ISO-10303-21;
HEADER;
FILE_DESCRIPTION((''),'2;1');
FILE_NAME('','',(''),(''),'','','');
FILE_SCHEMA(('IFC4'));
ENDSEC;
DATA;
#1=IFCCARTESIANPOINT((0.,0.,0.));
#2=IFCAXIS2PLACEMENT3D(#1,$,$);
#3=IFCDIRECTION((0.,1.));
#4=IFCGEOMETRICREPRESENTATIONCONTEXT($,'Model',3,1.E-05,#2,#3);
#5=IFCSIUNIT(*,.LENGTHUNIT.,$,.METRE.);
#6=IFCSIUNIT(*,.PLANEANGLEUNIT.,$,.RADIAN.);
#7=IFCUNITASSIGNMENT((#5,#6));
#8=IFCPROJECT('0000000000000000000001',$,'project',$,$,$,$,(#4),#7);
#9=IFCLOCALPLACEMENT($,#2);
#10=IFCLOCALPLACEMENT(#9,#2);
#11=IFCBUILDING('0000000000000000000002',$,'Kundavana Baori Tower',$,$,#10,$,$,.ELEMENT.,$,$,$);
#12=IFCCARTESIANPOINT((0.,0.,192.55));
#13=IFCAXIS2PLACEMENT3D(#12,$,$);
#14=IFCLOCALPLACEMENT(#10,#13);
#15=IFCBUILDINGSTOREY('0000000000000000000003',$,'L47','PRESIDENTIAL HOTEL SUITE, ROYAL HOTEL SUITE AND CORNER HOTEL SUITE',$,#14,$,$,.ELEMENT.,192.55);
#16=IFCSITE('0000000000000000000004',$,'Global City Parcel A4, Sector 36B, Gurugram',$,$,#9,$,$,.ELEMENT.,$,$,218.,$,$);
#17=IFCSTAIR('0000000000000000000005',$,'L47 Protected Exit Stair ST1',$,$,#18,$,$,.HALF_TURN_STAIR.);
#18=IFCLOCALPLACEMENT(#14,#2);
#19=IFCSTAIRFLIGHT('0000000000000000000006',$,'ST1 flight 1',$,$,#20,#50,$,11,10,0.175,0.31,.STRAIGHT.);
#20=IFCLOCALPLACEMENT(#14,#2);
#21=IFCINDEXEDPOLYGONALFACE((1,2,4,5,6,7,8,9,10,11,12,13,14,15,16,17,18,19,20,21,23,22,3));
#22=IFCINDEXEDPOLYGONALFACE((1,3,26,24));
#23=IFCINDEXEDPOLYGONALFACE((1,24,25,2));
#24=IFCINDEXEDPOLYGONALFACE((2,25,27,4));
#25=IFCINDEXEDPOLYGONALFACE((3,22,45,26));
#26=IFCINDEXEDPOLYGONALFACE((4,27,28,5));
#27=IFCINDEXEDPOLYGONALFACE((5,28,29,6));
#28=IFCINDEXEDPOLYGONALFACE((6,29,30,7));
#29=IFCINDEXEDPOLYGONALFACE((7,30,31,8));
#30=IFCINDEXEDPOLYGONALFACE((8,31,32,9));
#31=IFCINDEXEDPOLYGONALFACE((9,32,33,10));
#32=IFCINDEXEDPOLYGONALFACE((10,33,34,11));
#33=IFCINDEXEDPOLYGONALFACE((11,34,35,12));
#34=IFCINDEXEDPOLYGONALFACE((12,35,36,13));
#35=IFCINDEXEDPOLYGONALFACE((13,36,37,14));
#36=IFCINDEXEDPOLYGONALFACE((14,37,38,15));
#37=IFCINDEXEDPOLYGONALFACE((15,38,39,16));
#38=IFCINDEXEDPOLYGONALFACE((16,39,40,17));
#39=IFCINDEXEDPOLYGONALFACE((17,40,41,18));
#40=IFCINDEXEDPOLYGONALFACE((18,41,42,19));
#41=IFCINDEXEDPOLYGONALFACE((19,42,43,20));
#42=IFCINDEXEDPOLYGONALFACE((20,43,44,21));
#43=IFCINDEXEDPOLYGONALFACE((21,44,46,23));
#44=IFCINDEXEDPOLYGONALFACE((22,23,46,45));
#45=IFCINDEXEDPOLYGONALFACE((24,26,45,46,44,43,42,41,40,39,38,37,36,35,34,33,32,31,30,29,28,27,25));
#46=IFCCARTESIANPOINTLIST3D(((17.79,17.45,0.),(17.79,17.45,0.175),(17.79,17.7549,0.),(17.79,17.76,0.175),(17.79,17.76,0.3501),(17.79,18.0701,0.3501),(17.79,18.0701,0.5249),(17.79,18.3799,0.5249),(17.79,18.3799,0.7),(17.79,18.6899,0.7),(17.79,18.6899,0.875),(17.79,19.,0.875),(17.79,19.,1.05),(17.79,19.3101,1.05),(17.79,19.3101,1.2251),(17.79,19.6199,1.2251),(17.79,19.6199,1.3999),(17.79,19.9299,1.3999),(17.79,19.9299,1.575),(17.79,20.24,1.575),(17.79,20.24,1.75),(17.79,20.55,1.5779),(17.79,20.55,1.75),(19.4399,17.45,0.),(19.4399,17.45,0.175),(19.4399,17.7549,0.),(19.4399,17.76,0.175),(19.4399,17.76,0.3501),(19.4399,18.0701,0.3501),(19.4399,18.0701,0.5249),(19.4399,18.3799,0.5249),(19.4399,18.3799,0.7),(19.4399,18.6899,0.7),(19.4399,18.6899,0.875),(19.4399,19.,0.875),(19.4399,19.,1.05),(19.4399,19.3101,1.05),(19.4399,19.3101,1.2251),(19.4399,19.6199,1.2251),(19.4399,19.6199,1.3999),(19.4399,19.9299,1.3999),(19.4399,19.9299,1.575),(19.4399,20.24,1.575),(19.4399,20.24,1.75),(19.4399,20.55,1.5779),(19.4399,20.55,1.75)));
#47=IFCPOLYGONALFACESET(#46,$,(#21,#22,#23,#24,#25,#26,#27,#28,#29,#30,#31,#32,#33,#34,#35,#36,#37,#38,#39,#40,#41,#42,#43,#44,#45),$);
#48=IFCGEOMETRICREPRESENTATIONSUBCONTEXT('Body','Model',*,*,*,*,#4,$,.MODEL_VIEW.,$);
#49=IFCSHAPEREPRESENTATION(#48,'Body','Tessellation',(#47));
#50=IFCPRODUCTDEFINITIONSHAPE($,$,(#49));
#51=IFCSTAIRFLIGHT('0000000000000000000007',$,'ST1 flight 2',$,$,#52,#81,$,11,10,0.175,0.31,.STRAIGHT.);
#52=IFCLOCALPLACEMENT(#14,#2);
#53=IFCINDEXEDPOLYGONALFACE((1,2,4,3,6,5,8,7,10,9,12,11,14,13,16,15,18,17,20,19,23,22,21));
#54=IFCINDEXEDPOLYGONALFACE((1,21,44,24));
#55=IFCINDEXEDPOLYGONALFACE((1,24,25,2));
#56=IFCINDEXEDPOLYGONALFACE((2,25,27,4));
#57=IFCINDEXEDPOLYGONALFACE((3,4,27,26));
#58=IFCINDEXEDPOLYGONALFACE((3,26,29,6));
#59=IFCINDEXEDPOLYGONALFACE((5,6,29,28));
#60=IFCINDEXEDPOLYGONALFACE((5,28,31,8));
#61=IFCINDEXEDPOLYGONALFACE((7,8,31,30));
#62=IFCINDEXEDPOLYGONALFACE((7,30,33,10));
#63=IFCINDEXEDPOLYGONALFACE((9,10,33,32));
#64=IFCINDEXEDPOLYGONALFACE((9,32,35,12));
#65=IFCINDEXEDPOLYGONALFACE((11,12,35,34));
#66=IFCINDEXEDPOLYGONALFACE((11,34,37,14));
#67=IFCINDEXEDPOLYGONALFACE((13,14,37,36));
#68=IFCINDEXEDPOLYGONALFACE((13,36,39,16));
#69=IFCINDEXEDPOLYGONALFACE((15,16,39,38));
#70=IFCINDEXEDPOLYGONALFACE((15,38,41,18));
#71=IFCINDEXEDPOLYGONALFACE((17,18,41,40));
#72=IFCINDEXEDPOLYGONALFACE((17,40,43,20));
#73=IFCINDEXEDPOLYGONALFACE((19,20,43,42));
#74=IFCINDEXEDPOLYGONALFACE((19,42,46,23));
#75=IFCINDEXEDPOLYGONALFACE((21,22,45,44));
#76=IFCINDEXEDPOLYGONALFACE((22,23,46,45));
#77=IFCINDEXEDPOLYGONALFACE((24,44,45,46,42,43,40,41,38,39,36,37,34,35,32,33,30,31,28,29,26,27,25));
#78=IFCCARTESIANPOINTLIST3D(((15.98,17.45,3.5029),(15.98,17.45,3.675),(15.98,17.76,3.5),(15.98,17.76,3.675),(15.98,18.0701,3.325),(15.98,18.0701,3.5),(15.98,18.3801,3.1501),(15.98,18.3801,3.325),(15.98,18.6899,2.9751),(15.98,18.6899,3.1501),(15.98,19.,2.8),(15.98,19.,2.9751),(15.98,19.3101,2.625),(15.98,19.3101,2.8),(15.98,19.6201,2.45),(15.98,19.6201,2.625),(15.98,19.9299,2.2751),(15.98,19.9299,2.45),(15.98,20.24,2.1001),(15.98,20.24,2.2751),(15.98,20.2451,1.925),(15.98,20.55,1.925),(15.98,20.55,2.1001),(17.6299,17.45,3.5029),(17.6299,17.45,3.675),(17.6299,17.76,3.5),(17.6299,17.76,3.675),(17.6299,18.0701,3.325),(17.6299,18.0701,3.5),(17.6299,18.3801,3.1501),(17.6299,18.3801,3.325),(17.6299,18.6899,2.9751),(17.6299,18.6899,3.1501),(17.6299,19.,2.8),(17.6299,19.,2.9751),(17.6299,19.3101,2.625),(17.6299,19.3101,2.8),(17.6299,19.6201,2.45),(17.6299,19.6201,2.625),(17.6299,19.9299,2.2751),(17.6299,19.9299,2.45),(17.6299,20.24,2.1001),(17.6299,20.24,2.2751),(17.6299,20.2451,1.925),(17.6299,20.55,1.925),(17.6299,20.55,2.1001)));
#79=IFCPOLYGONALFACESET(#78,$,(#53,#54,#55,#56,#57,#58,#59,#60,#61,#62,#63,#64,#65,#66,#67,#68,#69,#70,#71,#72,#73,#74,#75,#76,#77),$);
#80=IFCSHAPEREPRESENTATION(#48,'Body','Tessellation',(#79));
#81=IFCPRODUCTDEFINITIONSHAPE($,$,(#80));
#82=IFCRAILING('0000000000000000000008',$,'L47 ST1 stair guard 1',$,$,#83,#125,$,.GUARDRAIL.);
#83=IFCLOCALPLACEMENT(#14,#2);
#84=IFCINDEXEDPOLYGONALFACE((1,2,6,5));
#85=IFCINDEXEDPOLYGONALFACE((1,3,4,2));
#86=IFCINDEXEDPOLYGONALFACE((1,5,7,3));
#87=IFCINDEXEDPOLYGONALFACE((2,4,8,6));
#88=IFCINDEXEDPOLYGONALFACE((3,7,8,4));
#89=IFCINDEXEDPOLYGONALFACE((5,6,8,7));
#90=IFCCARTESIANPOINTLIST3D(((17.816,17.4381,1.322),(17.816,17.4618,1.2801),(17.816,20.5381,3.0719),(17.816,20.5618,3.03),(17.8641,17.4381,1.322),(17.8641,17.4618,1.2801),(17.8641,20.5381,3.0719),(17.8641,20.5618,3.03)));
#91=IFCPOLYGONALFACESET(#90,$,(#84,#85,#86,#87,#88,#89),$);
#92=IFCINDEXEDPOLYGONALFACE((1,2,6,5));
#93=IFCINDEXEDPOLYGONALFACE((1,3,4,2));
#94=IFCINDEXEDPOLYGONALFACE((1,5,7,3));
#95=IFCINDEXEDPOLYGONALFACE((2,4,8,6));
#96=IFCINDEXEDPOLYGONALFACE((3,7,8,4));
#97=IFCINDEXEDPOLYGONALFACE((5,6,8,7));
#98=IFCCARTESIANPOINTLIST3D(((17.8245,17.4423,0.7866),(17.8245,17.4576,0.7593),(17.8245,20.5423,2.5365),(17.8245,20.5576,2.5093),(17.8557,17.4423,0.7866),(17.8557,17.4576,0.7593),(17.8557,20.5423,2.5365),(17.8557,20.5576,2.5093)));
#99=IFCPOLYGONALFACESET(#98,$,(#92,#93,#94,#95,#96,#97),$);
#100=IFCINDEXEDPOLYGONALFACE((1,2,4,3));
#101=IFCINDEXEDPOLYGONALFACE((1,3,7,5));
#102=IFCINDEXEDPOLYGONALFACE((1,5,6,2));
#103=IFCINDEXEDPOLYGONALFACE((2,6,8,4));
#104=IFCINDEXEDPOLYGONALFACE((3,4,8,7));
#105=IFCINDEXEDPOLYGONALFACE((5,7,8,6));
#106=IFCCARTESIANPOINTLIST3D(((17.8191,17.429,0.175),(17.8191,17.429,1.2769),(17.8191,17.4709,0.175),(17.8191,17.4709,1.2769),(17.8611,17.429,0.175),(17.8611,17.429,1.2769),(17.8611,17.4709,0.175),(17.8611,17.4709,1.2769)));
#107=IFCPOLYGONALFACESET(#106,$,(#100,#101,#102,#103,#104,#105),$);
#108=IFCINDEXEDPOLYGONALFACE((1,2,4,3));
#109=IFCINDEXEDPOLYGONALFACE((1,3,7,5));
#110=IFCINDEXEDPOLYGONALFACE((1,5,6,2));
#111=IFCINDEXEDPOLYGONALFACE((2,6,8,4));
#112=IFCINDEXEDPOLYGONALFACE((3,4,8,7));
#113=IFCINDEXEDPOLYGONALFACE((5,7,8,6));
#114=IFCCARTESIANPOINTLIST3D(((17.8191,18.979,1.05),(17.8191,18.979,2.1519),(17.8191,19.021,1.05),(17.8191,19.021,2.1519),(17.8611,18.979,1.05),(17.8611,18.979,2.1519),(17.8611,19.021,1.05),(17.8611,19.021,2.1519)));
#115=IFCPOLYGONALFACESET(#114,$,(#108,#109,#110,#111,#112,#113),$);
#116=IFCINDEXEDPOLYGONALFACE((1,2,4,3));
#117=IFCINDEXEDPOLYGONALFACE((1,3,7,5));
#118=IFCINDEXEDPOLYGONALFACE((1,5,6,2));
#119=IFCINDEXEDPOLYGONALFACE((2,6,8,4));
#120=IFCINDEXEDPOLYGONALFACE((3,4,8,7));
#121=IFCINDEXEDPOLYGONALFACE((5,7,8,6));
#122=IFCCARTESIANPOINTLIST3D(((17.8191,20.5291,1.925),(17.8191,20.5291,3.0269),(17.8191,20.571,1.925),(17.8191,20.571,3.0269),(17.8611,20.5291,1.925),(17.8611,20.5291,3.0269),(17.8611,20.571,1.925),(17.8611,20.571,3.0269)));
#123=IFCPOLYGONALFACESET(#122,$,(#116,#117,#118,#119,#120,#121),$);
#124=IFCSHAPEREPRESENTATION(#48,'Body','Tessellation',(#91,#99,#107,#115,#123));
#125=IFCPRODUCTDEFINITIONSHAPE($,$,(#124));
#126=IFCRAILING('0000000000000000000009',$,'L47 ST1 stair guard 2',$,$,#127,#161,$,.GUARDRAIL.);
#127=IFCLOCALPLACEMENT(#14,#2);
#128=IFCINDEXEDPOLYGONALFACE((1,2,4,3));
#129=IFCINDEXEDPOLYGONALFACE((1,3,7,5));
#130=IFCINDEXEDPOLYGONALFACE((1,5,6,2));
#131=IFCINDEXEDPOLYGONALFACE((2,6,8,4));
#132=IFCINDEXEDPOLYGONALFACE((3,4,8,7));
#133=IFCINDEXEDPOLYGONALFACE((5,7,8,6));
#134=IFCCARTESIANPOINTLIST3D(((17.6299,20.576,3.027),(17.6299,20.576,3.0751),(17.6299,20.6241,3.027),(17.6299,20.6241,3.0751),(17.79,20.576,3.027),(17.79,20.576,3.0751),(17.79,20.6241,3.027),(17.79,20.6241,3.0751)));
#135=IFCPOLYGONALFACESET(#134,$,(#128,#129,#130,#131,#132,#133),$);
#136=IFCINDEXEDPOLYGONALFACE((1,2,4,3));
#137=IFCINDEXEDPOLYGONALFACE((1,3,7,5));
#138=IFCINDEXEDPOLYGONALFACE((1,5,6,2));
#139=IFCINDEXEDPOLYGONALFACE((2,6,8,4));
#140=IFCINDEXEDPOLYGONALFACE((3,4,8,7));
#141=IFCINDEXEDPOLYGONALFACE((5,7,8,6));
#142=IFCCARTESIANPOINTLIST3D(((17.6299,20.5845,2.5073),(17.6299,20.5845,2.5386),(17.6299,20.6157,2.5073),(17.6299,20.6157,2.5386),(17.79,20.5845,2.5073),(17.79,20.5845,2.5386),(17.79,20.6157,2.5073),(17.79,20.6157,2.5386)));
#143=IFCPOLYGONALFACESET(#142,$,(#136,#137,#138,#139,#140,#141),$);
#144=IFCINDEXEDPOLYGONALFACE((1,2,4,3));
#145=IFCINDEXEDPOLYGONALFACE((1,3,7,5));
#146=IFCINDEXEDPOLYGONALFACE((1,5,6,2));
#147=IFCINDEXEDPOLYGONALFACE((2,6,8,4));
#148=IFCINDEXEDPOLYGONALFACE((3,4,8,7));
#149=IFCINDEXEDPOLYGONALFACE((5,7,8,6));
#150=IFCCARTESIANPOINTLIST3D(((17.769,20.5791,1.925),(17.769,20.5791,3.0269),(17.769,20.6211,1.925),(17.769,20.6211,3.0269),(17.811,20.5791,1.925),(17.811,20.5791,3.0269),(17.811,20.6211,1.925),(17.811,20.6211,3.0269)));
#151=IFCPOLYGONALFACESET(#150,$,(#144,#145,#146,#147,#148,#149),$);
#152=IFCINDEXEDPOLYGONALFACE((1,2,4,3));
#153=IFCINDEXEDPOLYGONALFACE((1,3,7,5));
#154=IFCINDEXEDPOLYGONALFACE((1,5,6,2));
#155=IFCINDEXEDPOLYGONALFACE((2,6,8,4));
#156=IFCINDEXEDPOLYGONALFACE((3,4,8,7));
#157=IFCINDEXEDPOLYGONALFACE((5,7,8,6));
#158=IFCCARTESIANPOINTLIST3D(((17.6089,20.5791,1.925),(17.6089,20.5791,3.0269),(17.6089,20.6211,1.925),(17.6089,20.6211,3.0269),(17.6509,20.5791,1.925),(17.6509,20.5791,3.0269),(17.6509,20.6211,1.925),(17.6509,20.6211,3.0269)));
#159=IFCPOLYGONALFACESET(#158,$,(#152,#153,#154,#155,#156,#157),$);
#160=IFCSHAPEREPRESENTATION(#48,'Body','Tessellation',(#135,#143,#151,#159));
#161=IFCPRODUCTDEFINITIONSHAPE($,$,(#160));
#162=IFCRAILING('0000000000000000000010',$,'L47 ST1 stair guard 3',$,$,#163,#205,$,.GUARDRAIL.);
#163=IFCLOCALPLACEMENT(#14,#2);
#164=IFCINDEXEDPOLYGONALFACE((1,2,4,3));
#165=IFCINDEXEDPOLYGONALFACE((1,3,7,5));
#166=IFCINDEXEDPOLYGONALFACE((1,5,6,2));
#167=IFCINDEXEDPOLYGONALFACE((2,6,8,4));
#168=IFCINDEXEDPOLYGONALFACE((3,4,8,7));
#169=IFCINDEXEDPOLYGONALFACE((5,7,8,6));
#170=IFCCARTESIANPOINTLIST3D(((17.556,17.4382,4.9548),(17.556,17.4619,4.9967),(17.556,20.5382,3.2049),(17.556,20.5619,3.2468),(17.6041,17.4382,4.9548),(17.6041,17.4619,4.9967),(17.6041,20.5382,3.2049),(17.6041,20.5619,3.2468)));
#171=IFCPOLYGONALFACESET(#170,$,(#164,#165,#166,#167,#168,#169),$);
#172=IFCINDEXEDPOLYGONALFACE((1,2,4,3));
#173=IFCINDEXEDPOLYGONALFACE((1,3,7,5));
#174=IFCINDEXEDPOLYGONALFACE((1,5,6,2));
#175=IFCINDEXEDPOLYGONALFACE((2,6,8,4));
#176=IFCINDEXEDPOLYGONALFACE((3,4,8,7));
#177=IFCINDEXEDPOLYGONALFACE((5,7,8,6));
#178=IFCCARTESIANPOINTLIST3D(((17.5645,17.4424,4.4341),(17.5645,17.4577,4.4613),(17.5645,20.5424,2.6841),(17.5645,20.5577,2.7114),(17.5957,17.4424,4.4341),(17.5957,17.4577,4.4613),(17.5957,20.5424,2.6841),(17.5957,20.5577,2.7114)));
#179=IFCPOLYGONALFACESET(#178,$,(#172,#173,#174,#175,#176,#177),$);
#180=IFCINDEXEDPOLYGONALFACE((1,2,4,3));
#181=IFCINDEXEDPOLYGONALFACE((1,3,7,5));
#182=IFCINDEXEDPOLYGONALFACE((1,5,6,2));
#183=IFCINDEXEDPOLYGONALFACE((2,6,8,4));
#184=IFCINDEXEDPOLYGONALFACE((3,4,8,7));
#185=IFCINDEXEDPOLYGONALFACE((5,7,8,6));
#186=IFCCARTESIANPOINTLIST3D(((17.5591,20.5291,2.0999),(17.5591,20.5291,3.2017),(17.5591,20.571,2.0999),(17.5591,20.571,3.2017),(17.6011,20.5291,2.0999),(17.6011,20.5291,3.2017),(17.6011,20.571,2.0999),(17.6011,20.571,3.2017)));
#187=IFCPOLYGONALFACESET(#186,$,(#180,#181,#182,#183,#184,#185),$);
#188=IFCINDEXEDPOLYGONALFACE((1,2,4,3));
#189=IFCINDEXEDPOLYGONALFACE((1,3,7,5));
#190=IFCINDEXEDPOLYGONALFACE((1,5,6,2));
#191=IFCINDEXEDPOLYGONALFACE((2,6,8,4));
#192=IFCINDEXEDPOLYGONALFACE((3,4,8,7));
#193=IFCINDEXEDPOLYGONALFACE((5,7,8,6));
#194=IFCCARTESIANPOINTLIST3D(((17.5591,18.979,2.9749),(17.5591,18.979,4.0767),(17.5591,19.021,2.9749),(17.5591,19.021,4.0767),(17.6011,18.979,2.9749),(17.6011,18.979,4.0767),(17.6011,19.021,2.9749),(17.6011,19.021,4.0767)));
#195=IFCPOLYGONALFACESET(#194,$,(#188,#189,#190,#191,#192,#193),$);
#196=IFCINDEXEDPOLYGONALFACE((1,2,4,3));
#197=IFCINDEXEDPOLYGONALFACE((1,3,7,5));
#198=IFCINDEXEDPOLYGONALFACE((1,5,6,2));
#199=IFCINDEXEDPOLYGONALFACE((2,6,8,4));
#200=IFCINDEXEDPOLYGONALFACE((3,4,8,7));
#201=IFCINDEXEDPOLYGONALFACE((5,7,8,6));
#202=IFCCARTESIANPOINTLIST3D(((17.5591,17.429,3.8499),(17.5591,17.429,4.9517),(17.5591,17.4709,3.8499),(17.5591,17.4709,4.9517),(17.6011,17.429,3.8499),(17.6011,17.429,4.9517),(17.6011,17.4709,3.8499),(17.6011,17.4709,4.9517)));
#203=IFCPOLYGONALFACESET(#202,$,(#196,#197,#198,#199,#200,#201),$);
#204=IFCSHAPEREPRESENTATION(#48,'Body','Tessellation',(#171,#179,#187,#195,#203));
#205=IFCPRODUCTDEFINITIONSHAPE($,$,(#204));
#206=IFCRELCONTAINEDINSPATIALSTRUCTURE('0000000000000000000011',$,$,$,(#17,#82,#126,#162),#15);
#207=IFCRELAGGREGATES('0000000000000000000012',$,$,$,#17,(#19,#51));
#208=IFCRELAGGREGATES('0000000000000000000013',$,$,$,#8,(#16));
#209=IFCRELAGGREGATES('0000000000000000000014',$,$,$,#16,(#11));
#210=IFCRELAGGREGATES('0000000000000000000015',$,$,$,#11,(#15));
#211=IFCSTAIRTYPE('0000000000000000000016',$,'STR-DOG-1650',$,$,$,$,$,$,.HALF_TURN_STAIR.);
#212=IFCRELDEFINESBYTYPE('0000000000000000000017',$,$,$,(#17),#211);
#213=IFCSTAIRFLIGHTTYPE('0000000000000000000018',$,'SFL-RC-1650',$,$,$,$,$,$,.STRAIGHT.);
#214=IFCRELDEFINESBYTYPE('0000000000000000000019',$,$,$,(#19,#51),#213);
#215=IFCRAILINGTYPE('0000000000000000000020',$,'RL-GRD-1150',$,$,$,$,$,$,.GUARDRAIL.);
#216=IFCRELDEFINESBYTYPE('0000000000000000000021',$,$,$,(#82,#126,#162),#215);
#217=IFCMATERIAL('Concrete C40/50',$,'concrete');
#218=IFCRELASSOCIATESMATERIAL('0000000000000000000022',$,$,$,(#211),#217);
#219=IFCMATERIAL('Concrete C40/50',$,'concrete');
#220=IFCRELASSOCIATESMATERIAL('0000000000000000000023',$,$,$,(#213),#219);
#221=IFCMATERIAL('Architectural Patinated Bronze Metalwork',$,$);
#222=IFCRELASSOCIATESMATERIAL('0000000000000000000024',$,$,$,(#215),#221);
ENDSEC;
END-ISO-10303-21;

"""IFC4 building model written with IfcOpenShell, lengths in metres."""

from ifc_helpers import new_model, si_unit, direction, frame, origin, origin_2d, place, context, subcontext, project, spatial, polyline, rectangle, outline, extrude, material, type_object, element, aggregate, save


model = new_model("IFC4")

# Units and contexts
model_context = context("Model", 3, precision=1e-05, world=origin(), true_north=direction((0.0, 1.0)))
body_context = subcontext(model_context, "Body", "Model", "MODEL_VIEW")
ifc_project = project(units=[si_unit("LENGTHUNIT", "METRE"), si_unit("PLANEANGLEUNIT", "RADIAN")], contexts=[model_context])

# Site, building, storey
site_placement = place(None, origin())
site = spatial("IfcSite", under=ifc_project, at=site_placement, Name="Global City Parcel A4, Sector 36B, Gurugram", CompositionType="ELEMENT", RefElevation=218.0)
building_placement = place(site_placement, origin())
building = spatial("IfcBuilding", under=site, at=building_placement, Name="Kundavana Baori Tower", CompositionType="ELEMENT")
storey_placement = place(building_placement, frame((0.0, 0.0, 192.55)))
storey = spatial("IfcBuildingStorey", under=building, at=storey_placement, Name="L47", Description="PRESIDENTIAL HOTEL SUITE, ROYAL HOTEL SUITE AND CORNER HOTEL SUITE", CompositionType="ELEMENT", Elevation=192.55)

# Stair, stair flights
ifc_material_1 = material(Name="Concrete C40/50", Category="concrete")
stair_type = type_object("IfcStairType", Name="STR-DOG-1650", PredefinedType="HALF_TURN_STAIR", material=ifc_material_1)
stair_placement = place(storey_placement, origin())
stair = element("IfcStair", 1, at=stair_placement, inside=storey, type_object=stair_type, Name="L47 Protected Exit Stair ST1", PredefinedType="HALF_TURN_STAIR")
ifc_material_2 = material(Name="Concrete C40/50", Category="concrete")
stair_flight_type = type_object("IfcStairFlightType", Name="SFL-RC-1650", PredefinedType="STRAIGHT", material=ifc_material_2)
stair_flight_1_placement = place(storey_placement, frame((18.615, 17.45, 0.0), z_axis=(0.0, 0.0, 1.0), x_axis=(0.0, 1.0, 0.0)))
stair_flight_1 = element("IfcStairFlight", 2, at=stair_flight_1_placement, type_object=stair_flight_type, Name="ST1 flight 1", NumberOfRisers=11, NumberOfTreads=10, PredefinedType="STRAIGHT", RiserHeight=0.175, TreadLength=0.31, context=body_context, shape_type="SweptSolid", body=[
    extrude(outline(polyline([(0.0, 0.0), (0.0, 0.175), (0.3101, 0.175), (0.3101, 0.3501), (0.6201, 0.3501), (0.6201, 0.5249), (0.9299, 0.5249), (0.9299, 0.7), (1.24, 0.7), (1.24, 0.875), (1.55, 0.875), (1.55, 1.05), (1.8601, 1.05), (1.8601, 1.2251), (2.1699, 1.2251), (2.1699, 1.3999), (2.48, 1.3999), (2.48, 1.575), (2.79, 1.575), (2.79, 1.75), (3.1001, 1.75), (3.1001, 1.925), (3.1001, 1.5779), (0.3049, 0.0), (0.0, 0.0)])), frame((0.0, 0.825, 0.0), z_axis=(0.0, -1.0, 0.0), x_axis=(1.0, 0.0, 0.0)), (0.0, 0.0, 1.0), 1.6499),
])
stair_flight_2_placement = place(storey_placement, frame((16.8049, 20.55, 1.925), z_axis=(0.0, 0.0, 1.0), x_axis=(0.0, -1.0, 0.0)))
stair_flight_2 = element("IfcStairFlight", 3, at=stair_flight_2_placement, type_object=stair_flight_type, Name="ST1 flight 2", NumberOfRisers=11, NumberOfTreads=10, PredefinedType="STRAIGHT", RiserHeight=0.175, TreadLength=0.31, context=body_context, shape_type="SweptSolid", body=[
    extrude(outline(polyline([(0.0, 0.0), (0.0, 0.175), (0.3101, 0.175), (0.3101, 0.3501), (0.6201, 0.3501), (0.6201, 0.5249), (0.9299, 0.5249), (0.9299, 0.7), (1.24, 0.7), (1.24, 0.875), (1.55, 0.875), (1.55, 1.05), (1.8601, 1.05), (1.8601, 1.2251), (2.1699, 1.2251), (2.1699, 1.3999), (2.48, 1.3999), (2.48, 1.575), (2.79, 1.575), (2.79, 1.75), (3.1001, 1.75), (3.1001, 1.925), (3.1001, 1.5779), (0.3049, 0.0), (0.0, 0.0)])), frame((0.0, 0.825, 0.0), z_axis=(0.0, -1.0, 0.0), x_axis=(1.0, 0.0, 0.0)), (0.0, 0.0, 1.0), 1.6499),
])
aggregate(stair, [stair_flight_1, stair_flight_2])

# Railings
ifc_material_3 = material(Name="Architectural Patinated Bronze Metalwork")
railing_type_1 = type_object("IfcRailingType", Name="RL-GRD-1150", PredefinedType="GUARDRAIL", material=ifc_material_3)
railing_1_placement = place(storey_placement, frame((17.8401, 17.45, 0.175)))
element("IfcRailing", 4, at=railing_1_placement, inside=storey, type_object=railing_type_1, Name="L47 ST1 stair guard 1", PredefinedType="GUARDRAIL", context=body_context, shape_type="SweptSolid", body=[
    extrude(rectangle(XDim=0.0481, YDim=0.0481, at=origin_2d()), frame((0.0, 0.0, 1.126), z_axis=(0.0, 0.870831, 0.491583), x_axis=(-1.0, 0.0, 0.0)), (0.0, 0.0, 1.0), 3.5598),
    extrude(rectangle(XDim=0.0312, YDim=0.0312, at=origin_2d()), frame((0.0, 0.0, 0.5979), z_axis=(0.0, 0.870831, 0.491583), x_axis=(-1.0, 0.0, 0.0)), (0.0, 0.0, 1.0), 3.5598),
    extrude(rectangle(XDim=0.042, YDim=0.042, at=origin_2d()), origin(), (0.0, 0.0, 1.0), 1.1018),
    extrude(rectangle(XDim=0.042, YDim=0.042, at=origin_2d()), frame((0.0, 1.55, 0.875)), (0.0, 0.0, 1.0), 1.1018),
    extrude(rectangle(XDim=0.042, YDim=0.042, at=origin_2d()), frame((0.0, 3.1001, 1.75)), (0.0, 0.0, 1.0), 1.1018),
])
railing_2_placement = place(storey_placement, frame((17.79, 20.6001, 1.925)))
element("IfcRailing", 5, at=railing_2_placement, inside=storey, type_object=railing_type_1, Name="L47 ST1 stair guard 2", PredefinedType="GUARDRAIL", context=body_context, shape_type="SweptSolid", body=[
    extrude(rectangle(XDim=0.0481, YDim=0.0481, at=origin_2d()), frame((0.0, 0.0, 1.126), z_axis=(-1.0, 0.0, 0.0), x_axis=(0.0, -1.0, 0.0)), (0.0, 0.0, 1.0), 0.1602),
    extrude(rectangle(XDim=0.0312, YDim=0.0312, at=origin_2d()), frame((0.0, 0.0, 0.5979), z_axis=(-1.0, 0.0, 0.0), x_axis=(0.0, -1.0, 0.0)), (0.0, 0.0, 1.0), 0.1602),
    extrude(rectangle(XDim=0.042, YDim=0.042, at=origin_2d()), origin(), (0.0, 0.0, 1.0), 1.1018),
    extrude(rectangle(XDim=0.042, YDim=0.042, at=origin_2d()), frame((-0.1602, 0.0, 0.0)), (0.0, 0.0, 1.0), 1.1018),
])
railing_3_placement = place(storey_placement, frame((17.5801, 20.55, 2.0999)))
element("IfcRailing", 6, at=railing_3_placement, inside=storey, type_object=railing_type_1, Name="L47 ST1 stair guard 3", PredefinedType="GUARDRAIL", context=body_context, shape_type="SweptSolid", body=[
    extrude(rectangle(XDim=0.0481, YDim=0.0481, at=origin_2d()), frame((0.0, 0.0, 1.126), z_axis=(0.0, -0.870831, 0.491583), x_axis=(1.0, 0.0, 0.0)), (0.0, 0.0, 1.0), 3.5598),
    extrude(rectangle(XDim=0.0312, YDim=0.0312, at=origin_2d()), frame((0.0, 0.0, 0.5979), z_axis=(0.0, -0.870831, 0.491583), x_axis=(1.0, 0.0, 0.0)), (0.0, 0.0, 1.0), 3.5598),
    extrude(rectangle(XDim=0.042, YDim=0.042, at=origin_2d()), origin(), (0.0, 0.0, 1.0), 1.1018),
    extrude(rectangle(XDim=0.042, YDim=0.042, at=origin_2d()), frame((0.0, -1.55, 0.875)), (0.0, 0.0, 1.0), 1.1018),
    extrude(rectangle(XDim=0.042, YDim=0.042, at=origin_2d()), frame((0.0, -3.1001, 1.75)), (0.0, 0.0, 1.0), 1.1018),
])

save(model, "model.ifc")
